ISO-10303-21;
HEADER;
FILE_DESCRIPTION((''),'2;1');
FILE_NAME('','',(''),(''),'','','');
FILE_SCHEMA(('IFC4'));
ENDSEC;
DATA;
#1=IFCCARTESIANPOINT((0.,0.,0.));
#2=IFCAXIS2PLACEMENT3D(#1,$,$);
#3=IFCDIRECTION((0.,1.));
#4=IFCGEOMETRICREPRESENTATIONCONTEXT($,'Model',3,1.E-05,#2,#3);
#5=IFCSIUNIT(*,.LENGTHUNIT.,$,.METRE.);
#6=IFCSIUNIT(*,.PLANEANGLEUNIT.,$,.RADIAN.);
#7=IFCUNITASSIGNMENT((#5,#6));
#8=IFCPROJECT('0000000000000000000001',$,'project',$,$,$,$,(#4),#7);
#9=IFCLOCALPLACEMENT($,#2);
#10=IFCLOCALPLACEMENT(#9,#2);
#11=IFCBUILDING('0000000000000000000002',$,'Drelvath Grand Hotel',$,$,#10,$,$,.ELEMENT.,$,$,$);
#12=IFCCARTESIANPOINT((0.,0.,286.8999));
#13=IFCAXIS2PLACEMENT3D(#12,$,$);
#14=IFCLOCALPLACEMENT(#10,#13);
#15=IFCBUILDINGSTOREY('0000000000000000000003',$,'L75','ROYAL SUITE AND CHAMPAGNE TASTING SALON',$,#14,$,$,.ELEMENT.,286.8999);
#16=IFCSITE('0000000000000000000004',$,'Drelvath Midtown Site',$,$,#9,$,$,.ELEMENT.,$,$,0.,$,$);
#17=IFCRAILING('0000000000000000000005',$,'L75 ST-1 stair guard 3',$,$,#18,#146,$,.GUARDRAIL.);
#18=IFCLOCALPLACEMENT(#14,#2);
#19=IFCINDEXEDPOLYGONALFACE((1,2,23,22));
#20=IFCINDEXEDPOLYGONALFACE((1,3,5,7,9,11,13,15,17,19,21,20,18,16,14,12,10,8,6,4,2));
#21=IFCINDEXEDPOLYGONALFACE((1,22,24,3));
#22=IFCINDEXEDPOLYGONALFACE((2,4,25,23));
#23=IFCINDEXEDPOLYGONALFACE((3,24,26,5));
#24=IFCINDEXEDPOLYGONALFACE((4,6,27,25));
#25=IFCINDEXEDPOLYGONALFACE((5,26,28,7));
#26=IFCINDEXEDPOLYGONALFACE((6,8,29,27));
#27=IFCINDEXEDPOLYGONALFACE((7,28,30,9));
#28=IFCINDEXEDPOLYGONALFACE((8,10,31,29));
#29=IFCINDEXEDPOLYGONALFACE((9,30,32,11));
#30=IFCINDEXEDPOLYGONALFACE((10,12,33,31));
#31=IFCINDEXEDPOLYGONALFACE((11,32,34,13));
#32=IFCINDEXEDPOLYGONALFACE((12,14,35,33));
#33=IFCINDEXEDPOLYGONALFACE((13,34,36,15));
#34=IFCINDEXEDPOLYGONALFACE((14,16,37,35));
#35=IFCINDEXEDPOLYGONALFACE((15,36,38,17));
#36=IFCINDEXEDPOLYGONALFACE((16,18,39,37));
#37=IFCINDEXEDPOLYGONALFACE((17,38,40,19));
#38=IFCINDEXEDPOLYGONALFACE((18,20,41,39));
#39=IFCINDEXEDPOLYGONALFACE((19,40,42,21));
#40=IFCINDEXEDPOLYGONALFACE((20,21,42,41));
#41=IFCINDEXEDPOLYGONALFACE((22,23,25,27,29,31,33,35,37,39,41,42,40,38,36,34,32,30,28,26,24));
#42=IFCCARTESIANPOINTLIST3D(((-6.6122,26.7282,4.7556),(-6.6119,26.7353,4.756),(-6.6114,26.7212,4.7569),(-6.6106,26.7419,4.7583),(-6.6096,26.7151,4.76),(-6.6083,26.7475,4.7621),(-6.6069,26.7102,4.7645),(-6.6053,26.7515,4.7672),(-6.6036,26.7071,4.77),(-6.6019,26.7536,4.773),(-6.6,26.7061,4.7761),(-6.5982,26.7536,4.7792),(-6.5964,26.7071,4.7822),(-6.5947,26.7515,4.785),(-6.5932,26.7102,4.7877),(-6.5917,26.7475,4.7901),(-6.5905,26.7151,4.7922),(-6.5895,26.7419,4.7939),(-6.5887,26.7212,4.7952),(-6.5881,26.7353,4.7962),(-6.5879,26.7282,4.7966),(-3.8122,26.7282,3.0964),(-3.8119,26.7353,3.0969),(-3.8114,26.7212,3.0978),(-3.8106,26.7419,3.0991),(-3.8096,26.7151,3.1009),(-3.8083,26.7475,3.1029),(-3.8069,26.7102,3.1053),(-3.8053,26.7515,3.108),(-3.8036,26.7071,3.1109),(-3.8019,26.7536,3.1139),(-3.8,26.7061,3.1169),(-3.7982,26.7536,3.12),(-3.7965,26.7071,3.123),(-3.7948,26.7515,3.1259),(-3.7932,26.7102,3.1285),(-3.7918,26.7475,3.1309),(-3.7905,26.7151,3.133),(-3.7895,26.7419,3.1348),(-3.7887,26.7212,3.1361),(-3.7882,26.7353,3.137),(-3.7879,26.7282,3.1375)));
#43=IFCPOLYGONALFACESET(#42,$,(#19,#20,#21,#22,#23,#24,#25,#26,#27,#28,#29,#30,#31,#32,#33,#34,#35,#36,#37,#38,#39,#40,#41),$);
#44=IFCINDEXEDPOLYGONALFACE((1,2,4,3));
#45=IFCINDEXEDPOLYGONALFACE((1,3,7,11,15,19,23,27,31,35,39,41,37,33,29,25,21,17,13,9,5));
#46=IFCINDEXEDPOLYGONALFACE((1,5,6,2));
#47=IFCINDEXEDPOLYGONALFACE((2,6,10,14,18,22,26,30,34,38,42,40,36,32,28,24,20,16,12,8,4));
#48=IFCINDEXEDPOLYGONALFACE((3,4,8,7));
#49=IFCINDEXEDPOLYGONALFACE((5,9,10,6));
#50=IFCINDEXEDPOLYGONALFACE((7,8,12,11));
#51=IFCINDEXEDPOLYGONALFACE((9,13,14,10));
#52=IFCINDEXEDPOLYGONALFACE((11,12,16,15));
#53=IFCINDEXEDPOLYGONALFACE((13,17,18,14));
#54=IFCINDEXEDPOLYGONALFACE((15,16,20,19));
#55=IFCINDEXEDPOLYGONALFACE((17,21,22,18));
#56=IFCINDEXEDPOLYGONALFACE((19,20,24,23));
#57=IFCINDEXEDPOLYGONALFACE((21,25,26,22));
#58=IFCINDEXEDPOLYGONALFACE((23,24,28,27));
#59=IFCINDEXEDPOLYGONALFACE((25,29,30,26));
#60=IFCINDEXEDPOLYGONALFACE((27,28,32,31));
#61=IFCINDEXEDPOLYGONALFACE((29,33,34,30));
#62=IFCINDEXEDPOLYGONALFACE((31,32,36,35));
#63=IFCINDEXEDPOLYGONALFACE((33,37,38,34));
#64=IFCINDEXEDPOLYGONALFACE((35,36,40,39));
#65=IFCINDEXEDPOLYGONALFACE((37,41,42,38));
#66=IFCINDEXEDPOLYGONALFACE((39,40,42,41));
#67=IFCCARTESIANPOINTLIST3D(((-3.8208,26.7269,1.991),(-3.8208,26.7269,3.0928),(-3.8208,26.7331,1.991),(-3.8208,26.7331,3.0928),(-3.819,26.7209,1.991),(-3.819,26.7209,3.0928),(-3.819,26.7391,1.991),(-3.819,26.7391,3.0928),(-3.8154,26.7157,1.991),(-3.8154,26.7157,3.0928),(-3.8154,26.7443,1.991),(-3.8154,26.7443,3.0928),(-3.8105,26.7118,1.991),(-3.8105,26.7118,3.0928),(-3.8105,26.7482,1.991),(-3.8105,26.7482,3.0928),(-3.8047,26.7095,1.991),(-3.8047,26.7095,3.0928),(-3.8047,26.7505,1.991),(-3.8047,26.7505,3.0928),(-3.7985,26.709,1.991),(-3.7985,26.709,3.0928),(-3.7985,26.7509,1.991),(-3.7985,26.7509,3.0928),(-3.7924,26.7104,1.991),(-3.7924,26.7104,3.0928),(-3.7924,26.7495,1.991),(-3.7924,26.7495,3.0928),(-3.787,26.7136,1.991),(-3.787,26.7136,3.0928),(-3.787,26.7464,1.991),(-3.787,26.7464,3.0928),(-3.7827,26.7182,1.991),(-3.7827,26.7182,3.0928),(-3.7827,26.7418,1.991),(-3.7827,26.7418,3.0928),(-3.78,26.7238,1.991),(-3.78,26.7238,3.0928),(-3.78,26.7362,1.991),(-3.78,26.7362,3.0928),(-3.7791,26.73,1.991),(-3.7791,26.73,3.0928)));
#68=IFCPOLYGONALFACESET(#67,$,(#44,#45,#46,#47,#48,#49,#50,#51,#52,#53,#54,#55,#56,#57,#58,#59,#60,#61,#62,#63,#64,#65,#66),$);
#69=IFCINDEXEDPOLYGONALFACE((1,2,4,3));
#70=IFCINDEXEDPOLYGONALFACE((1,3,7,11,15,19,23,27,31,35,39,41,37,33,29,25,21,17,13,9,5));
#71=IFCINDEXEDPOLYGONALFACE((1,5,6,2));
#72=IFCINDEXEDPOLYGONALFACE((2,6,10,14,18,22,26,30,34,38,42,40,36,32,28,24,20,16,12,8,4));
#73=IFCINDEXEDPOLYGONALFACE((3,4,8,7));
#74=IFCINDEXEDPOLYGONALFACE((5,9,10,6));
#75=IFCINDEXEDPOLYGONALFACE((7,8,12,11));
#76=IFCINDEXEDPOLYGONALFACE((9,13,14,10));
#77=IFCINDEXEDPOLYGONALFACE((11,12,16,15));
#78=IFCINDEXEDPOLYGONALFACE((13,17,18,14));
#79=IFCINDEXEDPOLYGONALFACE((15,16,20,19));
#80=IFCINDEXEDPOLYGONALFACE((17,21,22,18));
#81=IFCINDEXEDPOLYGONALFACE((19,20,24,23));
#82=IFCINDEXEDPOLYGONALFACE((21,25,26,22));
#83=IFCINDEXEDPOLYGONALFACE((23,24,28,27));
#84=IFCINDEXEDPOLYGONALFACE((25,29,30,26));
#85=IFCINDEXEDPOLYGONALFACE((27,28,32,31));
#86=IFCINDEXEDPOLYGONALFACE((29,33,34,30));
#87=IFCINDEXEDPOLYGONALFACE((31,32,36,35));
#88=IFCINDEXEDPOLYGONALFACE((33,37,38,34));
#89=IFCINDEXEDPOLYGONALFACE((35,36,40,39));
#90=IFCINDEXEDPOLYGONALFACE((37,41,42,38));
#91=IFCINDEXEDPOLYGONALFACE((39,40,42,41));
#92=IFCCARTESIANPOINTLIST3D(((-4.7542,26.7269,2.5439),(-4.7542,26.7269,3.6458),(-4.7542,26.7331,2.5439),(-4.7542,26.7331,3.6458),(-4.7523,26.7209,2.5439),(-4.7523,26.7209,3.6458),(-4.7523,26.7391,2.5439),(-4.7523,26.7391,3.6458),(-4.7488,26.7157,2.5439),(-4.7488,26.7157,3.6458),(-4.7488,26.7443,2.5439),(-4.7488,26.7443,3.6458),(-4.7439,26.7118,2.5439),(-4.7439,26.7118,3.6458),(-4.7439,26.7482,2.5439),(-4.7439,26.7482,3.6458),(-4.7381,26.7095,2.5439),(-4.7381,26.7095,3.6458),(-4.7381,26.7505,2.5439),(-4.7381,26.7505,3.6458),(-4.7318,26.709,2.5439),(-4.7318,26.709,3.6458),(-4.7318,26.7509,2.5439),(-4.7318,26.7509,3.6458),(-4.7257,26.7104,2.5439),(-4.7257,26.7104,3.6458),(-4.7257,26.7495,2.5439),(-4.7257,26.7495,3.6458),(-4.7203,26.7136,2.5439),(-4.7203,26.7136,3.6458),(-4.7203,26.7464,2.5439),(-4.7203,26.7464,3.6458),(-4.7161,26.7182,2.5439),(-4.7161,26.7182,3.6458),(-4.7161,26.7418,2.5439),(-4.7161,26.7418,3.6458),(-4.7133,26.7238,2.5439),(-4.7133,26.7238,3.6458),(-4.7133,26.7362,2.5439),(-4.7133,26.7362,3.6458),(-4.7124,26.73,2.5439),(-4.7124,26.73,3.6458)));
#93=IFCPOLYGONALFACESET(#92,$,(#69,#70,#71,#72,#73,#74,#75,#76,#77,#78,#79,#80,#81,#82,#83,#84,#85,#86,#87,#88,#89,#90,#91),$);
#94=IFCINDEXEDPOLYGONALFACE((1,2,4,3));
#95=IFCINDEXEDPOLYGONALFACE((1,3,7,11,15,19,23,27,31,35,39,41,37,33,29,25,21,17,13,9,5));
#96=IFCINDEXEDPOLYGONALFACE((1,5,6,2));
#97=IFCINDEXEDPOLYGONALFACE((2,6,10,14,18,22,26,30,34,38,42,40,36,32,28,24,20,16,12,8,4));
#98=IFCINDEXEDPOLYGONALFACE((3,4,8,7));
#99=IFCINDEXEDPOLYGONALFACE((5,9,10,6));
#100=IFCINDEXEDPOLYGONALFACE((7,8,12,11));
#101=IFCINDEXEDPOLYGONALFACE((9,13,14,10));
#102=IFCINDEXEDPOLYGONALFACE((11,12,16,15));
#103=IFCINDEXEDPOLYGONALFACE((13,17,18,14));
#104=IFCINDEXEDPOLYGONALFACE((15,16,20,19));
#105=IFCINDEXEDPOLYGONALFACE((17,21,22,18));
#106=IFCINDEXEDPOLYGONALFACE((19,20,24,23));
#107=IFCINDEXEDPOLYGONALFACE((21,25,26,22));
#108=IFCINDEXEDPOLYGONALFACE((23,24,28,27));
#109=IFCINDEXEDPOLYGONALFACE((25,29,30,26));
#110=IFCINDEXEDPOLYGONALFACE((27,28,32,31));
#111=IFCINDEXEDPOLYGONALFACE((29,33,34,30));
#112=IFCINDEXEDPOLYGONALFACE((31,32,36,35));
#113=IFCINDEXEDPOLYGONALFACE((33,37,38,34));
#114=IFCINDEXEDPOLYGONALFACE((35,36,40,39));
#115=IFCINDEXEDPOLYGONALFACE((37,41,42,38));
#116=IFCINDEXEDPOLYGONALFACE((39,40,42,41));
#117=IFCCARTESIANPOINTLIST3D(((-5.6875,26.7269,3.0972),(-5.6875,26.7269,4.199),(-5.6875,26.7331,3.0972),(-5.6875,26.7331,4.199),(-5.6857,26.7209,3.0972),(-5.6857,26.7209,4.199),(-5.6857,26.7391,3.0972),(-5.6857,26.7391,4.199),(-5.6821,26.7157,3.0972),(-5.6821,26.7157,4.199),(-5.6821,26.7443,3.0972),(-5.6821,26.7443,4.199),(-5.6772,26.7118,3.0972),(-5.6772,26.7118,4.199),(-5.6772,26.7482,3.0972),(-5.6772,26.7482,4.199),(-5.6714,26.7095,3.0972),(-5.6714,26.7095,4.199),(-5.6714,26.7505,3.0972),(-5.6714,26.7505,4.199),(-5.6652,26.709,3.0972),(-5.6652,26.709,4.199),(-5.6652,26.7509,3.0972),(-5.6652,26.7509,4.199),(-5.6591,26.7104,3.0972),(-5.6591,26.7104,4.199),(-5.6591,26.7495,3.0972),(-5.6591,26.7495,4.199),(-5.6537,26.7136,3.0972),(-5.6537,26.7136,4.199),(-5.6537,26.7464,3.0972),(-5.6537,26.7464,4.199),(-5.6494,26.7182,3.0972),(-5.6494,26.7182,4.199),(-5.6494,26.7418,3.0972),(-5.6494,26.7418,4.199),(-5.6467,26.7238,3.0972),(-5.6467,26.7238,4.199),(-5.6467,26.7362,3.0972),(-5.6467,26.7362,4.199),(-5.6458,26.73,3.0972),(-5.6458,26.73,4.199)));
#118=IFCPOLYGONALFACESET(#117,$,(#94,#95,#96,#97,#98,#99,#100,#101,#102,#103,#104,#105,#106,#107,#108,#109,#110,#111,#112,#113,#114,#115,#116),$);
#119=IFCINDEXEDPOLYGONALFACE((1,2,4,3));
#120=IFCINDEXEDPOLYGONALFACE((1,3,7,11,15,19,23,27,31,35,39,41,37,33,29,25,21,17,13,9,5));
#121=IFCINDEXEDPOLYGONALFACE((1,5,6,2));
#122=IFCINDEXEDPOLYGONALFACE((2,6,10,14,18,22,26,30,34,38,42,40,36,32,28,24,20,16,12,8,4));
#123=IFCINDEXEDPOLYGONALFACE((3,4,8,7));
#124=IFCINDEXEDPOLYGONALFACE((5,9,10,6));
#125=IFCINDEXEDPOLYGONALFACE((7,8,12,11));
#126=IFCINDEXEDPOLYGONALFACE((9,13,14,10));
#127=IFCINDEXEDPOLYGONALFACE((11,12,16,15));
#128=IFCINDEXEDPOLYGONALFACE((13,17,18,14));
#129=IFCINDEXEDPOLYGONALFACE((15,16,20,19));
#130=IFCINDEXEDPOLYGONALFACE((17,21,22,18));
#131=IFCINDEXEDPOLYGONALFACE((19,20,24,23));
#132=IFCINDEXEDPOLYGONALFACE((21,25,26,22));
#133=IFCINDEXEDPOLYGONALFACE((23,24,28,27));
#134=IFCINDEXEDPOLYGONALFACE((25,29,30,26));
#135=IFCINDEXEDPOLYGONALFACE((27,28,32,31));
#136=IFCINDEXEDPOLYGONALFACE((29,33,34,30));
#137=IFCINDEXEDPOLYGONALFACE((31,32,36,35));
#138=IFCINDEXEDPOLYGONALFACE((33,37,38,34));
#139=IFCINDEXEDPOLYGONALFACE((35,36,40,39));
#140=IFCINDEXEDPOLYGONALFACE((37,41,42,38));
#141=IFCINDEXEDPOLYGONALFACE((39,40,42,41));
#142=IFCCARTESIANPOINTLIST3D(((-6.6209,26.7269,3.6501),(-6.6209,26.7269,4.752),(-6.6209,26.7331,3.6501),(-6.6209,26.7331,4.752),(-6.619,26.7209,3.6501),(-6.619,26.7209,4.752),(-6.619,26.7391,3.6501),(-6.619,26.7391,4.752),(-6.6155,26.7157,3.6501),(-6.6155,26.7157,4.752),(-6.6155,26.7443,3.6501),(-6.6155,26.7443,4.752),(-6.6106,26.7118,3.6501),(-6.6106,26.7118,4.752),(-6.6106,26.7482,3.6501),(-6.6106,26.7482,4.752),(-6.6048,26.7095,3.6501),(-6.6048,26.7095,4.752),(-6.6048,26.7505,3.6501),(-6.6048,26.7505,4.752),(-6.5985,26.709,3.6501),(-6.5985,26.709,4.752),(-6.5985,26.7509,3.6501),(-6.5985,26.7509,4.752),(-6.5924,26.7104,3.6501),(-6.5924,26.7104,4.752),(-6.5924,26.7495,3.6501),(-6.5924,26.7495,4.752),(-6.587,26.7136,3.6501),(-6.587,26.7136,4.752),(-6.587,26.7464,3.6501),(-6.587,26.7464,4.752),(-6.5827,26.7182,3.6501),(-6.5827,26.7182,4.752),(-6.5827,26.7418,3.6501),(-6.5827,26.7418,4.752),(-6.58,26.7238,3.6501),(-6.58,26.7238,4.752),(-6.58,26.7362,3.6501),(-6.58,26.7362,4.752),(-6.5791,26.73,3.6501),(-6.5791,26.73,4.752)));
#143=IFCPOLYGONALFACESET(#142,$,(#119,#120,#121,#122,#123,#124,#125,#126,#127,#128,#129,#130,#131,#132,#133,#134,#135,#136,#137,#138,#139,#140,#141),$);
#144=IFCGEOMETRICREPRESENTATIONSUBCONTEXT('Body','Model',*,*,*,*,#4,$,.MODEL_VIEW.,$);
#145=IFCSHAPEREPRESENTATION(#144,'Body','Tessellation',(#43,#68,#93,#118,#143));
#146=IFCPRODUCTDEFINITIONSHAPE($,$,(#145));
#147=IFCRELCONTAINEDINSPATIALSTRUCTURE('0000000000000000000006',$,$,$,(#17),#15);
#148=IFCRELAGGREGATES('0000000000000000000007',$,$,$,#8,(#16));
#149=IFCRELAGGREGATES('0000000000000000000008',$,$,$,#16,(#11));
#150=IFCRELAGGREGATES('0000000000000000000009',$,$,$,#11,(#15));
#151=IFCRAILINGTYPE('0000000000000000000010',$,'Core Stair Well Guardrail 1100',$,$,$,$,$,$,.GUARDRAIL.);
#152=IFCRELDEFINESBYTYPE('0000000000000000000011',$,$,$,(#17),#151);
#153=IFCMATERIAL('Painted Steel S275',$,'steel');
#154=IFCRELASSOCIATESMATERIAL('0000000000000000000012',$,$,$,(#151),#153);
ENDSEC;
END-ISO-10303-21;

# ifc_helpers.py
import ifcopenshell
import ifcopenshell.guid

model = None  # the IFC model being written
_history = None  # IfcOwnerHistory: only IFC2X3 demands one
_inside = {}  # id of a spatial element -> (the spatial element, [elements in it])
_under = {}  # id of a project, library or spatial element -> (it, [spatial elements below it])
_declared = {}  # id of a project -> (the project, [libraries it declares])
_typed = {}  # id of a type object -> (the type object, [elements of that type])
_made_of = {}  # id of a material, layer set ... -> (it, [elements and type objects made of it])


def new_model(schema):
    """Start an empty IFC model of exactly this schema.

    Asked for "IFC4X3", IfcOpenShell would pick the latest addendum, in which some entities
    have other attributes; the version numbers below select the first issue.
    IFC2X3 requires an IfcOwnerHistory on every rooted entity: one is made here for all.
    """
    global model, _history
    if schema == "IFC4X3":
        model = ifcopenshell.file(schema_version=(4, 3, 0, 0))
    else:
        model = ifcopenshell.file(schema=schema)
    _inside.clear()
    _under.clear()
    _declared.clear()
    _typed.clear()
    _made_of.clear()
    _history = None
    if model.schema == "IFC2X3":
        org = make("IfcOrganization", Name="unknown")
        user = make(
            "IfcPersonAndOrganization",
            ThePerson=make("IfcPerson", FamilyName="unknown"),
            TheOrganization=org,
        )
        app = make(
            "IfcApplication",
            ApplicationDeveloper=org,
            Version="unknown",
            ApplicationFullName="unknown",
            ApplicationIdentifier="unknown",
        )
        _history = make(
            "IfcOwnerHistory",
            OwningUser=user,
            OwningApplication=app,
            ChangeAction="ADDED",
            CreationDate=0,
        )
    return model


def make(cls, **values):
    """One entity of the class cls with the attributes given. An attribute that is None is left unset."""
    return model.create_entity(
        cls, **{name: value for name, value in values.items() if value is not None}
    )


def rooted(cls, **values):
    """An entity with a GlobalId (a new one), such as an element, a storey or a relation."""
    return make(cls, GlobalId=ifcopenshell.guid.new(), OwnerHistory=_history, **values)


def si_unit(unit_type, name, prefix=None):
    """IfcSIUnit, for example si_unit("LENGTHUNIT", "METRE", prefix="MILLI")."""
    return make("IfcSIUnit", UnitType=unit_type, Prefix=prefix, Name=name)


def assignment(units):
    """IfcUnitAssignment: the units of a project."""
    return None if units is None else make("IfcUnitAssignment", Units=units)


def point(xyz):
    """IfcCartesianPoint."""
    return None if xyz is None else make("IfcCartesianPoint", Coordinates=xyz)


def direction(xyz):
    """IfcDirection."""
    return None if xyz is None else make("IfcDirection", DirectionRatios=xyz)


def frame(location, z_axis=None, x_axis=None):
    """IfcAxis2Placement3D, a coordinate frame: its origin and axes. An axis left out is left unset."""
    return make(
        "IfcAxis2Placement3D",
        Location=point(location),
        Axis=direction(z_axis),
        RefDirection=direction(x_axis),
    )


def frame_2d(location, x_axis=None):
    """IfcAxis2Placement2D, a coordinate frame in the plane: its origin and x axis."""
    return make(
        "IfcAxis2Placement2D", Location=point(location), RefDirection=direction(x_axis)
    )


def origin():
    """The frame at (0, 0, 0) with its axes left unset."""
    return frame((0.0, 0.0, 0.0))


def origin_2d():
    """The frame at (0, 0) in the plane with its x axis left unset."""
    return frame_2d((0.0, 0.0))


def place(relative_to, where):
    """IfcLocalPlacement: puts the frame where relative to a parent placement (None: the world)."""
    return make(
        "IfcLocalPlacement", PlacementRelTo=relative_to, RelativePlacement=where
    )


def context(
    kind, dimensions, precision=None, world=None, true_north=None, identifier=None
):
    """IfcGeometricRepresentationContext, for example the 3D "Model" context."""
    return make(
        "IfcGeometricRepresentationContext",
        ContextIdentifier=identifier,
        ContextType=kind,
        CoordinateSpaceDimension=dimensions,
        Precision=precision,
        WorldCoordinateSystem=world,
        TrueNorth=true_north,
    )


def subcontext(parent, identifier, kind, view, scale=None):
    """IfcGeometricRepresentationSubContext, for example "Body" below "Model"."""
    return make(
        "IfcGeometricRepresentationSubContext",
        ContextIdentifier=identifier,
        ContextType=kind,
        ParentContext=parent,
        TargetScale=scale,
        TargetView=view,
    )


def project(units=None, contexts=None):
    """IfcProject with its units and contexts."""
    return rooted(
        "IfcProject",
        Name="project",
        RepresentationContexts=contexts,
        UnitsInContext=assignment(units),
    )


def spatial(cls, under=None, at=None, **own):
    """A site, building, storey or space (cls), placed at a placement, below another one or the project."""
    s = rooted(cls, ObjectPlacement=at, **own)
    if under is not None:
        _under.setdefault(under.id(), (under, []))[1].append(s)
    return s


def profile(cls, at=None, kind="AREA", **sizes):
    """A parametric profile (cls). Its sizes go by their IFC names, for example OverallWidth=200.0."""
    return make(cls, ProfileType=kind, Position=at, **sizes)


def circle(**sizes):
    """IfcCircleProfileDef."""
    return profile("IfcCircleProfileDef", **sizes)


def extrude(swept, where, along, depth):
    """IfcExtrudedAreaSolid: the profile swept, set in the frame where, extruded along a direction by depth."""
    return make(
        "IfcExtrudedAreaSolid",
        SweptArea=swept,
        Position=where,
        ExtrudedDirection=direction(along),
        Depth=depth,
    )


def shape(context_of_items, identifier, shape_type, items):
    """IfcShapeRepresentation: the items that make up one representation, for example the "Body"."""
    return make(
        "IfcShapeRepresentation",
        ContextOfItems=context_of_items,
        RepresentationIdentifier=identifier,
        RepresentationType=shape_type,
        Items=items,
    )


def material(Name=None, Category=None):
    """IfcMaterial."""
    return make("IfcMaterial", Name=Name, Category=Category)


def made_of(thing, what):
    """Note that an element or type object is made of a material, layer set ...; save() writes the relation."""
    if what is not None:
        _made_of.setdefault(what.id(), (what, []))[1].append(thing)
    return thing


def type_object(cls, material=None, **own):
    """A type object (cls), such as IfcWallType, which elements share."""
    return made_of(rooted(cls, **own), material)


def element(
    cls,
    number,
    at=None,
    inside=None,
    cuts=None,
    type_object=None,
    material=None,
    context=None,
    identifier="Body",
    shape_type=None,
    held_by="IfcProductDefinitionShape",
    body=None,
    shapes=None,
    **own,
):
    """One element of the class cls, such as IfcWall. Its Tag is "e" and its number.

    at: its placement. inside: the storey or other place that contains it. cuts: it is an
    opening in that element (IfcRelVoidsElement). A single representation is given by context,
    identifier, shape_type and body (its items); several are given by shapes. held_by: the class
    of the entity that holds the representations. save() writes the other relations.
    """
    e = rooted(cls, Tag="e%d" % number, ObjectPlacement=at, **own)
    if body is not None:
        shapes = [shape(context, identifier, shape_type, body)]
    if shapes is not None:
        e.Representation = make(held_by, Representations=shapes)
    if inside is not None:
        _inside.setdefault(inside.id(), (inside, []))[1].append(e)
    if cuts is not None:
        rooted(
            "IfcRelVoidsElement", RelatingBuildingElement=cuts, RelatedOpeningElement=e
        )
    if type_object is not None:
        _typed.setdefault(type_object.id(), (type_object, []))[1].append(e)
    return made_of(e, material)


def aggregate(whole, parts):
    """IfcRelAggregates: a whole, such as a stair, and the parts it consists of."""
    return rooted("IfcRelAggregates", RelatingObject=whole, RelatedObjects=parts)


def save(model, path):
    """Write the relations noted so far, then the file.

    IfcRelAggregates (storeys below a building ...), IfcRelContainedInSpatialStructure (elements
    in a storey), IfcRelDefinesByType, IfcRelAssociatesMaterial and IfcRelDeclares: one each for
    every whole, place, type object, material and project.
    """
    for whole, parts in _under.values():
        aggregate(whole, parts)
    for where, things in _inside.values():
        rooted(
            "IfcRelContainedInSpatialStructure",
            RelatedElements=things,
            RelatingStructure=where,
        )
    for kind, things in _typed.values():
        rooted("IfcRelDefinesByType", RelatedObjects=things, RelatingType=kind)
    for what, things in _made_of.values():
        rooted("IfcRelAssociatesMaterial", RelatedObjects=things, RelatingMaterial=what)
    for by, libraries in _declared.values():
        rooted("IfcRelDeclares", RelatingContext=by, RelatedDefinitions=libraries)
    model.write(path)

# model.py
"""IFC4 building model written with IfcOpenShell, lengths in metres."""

from ifc_helpers import new_model, si_unit, direction, frame, origin, origin_2d, place, context, subcontext, project, spatial, circle, extrude, material, type_object, element, save


model = new_model("IFC4")

# Units and contexts
model_context = context("Model", 3, precision=1e-05, world=origin(), true_north=direction((0.0, 1.0)))
body_context = subcontext(model_context, "Body", "Model", "MODEL_VIEW")
ifc_project = project(units=[si_unit("LENGTHUNIT", "METRE"), si_unit("PLANEANGLEUNIT", "RADIAN")], contexts=[model_context])

# Site, building, storey
site_placement = place(None, origin())
site = spatial("IfcSite", under=ifc_project, at=site_placement, Name="Drelvath Midtown Site", CompositionType="ELEMENT", RefElevation=0.0)
building_placement = place(site_placement, origin())
building = spatial("IfcBuilding", under=site, at=building_placement, Name="Drelvath Grand Hotel", CompositionType="ELEMENT")
storey_placement = place(building_placement, frame((0.0, 0.0, 286.8999)))
storey = spatial("IfcBuildingStorey", under=building, at=storey_placement, Name="L75", Description="ROYAL SUITE AND CHAMPAGNE TASTING SALON", CompositionType="ELEMENT", Elevation=286.8999)

# Shared definitions
ifc_material_1 = material(Name="Painted Steel S275", Category="steel")

# Railing
railing_type_1 = type_object("IfcRailingType", Name="Core Stair Well Guardrail 1100", PredefinedType="GUARDRAIL", material=ifc_material_1)
railing_1_placement = place(storey_placement, frame((-3.8, 26.73, 1.991)))
element("IfcRailing", 1, at=railing_1_placement, inside=storey, type_object=railing_type_1, Name="L75 ST-1 stair guard 3", PredefinedType="GUARDRAIL", context=body_context, shape_type="SweptSolid", body=[
    extrude(circle(Radius=0.0239, at=origin_2d()), frame((0.0, 0.0, 1.126), z_axis=(-0.860306, 0.0, 0.509778), x_axis=(0.0, -1.0, 0.0)), (0.0, 0.0, 1.0), 3.2546),
    extrude(circle(Radius=0.021, at=origin_2d()), origin(), (0.0, 0.0, 1.0), 1.1018),
    extrude(circle(Radius=0.021, at=origin_2d()), frame((-0.9333, 0.0, 0.553)), (0.0, 0.0, 1.0), 1.1018),
    extrude(circle(Radius=0.021, at=origin_2d()), frame((-1.8667, 0.0, 1.1062)), (0.0, 0.0, 1.0), 1.1018),
    extrude(circle(Radius=0.021, at=origin_2d()), frame((-2.8, 0.0, 1.6592)), (0.0, 0.0, 1.0), 1.1018),
])

save(model, "model.ifc")
